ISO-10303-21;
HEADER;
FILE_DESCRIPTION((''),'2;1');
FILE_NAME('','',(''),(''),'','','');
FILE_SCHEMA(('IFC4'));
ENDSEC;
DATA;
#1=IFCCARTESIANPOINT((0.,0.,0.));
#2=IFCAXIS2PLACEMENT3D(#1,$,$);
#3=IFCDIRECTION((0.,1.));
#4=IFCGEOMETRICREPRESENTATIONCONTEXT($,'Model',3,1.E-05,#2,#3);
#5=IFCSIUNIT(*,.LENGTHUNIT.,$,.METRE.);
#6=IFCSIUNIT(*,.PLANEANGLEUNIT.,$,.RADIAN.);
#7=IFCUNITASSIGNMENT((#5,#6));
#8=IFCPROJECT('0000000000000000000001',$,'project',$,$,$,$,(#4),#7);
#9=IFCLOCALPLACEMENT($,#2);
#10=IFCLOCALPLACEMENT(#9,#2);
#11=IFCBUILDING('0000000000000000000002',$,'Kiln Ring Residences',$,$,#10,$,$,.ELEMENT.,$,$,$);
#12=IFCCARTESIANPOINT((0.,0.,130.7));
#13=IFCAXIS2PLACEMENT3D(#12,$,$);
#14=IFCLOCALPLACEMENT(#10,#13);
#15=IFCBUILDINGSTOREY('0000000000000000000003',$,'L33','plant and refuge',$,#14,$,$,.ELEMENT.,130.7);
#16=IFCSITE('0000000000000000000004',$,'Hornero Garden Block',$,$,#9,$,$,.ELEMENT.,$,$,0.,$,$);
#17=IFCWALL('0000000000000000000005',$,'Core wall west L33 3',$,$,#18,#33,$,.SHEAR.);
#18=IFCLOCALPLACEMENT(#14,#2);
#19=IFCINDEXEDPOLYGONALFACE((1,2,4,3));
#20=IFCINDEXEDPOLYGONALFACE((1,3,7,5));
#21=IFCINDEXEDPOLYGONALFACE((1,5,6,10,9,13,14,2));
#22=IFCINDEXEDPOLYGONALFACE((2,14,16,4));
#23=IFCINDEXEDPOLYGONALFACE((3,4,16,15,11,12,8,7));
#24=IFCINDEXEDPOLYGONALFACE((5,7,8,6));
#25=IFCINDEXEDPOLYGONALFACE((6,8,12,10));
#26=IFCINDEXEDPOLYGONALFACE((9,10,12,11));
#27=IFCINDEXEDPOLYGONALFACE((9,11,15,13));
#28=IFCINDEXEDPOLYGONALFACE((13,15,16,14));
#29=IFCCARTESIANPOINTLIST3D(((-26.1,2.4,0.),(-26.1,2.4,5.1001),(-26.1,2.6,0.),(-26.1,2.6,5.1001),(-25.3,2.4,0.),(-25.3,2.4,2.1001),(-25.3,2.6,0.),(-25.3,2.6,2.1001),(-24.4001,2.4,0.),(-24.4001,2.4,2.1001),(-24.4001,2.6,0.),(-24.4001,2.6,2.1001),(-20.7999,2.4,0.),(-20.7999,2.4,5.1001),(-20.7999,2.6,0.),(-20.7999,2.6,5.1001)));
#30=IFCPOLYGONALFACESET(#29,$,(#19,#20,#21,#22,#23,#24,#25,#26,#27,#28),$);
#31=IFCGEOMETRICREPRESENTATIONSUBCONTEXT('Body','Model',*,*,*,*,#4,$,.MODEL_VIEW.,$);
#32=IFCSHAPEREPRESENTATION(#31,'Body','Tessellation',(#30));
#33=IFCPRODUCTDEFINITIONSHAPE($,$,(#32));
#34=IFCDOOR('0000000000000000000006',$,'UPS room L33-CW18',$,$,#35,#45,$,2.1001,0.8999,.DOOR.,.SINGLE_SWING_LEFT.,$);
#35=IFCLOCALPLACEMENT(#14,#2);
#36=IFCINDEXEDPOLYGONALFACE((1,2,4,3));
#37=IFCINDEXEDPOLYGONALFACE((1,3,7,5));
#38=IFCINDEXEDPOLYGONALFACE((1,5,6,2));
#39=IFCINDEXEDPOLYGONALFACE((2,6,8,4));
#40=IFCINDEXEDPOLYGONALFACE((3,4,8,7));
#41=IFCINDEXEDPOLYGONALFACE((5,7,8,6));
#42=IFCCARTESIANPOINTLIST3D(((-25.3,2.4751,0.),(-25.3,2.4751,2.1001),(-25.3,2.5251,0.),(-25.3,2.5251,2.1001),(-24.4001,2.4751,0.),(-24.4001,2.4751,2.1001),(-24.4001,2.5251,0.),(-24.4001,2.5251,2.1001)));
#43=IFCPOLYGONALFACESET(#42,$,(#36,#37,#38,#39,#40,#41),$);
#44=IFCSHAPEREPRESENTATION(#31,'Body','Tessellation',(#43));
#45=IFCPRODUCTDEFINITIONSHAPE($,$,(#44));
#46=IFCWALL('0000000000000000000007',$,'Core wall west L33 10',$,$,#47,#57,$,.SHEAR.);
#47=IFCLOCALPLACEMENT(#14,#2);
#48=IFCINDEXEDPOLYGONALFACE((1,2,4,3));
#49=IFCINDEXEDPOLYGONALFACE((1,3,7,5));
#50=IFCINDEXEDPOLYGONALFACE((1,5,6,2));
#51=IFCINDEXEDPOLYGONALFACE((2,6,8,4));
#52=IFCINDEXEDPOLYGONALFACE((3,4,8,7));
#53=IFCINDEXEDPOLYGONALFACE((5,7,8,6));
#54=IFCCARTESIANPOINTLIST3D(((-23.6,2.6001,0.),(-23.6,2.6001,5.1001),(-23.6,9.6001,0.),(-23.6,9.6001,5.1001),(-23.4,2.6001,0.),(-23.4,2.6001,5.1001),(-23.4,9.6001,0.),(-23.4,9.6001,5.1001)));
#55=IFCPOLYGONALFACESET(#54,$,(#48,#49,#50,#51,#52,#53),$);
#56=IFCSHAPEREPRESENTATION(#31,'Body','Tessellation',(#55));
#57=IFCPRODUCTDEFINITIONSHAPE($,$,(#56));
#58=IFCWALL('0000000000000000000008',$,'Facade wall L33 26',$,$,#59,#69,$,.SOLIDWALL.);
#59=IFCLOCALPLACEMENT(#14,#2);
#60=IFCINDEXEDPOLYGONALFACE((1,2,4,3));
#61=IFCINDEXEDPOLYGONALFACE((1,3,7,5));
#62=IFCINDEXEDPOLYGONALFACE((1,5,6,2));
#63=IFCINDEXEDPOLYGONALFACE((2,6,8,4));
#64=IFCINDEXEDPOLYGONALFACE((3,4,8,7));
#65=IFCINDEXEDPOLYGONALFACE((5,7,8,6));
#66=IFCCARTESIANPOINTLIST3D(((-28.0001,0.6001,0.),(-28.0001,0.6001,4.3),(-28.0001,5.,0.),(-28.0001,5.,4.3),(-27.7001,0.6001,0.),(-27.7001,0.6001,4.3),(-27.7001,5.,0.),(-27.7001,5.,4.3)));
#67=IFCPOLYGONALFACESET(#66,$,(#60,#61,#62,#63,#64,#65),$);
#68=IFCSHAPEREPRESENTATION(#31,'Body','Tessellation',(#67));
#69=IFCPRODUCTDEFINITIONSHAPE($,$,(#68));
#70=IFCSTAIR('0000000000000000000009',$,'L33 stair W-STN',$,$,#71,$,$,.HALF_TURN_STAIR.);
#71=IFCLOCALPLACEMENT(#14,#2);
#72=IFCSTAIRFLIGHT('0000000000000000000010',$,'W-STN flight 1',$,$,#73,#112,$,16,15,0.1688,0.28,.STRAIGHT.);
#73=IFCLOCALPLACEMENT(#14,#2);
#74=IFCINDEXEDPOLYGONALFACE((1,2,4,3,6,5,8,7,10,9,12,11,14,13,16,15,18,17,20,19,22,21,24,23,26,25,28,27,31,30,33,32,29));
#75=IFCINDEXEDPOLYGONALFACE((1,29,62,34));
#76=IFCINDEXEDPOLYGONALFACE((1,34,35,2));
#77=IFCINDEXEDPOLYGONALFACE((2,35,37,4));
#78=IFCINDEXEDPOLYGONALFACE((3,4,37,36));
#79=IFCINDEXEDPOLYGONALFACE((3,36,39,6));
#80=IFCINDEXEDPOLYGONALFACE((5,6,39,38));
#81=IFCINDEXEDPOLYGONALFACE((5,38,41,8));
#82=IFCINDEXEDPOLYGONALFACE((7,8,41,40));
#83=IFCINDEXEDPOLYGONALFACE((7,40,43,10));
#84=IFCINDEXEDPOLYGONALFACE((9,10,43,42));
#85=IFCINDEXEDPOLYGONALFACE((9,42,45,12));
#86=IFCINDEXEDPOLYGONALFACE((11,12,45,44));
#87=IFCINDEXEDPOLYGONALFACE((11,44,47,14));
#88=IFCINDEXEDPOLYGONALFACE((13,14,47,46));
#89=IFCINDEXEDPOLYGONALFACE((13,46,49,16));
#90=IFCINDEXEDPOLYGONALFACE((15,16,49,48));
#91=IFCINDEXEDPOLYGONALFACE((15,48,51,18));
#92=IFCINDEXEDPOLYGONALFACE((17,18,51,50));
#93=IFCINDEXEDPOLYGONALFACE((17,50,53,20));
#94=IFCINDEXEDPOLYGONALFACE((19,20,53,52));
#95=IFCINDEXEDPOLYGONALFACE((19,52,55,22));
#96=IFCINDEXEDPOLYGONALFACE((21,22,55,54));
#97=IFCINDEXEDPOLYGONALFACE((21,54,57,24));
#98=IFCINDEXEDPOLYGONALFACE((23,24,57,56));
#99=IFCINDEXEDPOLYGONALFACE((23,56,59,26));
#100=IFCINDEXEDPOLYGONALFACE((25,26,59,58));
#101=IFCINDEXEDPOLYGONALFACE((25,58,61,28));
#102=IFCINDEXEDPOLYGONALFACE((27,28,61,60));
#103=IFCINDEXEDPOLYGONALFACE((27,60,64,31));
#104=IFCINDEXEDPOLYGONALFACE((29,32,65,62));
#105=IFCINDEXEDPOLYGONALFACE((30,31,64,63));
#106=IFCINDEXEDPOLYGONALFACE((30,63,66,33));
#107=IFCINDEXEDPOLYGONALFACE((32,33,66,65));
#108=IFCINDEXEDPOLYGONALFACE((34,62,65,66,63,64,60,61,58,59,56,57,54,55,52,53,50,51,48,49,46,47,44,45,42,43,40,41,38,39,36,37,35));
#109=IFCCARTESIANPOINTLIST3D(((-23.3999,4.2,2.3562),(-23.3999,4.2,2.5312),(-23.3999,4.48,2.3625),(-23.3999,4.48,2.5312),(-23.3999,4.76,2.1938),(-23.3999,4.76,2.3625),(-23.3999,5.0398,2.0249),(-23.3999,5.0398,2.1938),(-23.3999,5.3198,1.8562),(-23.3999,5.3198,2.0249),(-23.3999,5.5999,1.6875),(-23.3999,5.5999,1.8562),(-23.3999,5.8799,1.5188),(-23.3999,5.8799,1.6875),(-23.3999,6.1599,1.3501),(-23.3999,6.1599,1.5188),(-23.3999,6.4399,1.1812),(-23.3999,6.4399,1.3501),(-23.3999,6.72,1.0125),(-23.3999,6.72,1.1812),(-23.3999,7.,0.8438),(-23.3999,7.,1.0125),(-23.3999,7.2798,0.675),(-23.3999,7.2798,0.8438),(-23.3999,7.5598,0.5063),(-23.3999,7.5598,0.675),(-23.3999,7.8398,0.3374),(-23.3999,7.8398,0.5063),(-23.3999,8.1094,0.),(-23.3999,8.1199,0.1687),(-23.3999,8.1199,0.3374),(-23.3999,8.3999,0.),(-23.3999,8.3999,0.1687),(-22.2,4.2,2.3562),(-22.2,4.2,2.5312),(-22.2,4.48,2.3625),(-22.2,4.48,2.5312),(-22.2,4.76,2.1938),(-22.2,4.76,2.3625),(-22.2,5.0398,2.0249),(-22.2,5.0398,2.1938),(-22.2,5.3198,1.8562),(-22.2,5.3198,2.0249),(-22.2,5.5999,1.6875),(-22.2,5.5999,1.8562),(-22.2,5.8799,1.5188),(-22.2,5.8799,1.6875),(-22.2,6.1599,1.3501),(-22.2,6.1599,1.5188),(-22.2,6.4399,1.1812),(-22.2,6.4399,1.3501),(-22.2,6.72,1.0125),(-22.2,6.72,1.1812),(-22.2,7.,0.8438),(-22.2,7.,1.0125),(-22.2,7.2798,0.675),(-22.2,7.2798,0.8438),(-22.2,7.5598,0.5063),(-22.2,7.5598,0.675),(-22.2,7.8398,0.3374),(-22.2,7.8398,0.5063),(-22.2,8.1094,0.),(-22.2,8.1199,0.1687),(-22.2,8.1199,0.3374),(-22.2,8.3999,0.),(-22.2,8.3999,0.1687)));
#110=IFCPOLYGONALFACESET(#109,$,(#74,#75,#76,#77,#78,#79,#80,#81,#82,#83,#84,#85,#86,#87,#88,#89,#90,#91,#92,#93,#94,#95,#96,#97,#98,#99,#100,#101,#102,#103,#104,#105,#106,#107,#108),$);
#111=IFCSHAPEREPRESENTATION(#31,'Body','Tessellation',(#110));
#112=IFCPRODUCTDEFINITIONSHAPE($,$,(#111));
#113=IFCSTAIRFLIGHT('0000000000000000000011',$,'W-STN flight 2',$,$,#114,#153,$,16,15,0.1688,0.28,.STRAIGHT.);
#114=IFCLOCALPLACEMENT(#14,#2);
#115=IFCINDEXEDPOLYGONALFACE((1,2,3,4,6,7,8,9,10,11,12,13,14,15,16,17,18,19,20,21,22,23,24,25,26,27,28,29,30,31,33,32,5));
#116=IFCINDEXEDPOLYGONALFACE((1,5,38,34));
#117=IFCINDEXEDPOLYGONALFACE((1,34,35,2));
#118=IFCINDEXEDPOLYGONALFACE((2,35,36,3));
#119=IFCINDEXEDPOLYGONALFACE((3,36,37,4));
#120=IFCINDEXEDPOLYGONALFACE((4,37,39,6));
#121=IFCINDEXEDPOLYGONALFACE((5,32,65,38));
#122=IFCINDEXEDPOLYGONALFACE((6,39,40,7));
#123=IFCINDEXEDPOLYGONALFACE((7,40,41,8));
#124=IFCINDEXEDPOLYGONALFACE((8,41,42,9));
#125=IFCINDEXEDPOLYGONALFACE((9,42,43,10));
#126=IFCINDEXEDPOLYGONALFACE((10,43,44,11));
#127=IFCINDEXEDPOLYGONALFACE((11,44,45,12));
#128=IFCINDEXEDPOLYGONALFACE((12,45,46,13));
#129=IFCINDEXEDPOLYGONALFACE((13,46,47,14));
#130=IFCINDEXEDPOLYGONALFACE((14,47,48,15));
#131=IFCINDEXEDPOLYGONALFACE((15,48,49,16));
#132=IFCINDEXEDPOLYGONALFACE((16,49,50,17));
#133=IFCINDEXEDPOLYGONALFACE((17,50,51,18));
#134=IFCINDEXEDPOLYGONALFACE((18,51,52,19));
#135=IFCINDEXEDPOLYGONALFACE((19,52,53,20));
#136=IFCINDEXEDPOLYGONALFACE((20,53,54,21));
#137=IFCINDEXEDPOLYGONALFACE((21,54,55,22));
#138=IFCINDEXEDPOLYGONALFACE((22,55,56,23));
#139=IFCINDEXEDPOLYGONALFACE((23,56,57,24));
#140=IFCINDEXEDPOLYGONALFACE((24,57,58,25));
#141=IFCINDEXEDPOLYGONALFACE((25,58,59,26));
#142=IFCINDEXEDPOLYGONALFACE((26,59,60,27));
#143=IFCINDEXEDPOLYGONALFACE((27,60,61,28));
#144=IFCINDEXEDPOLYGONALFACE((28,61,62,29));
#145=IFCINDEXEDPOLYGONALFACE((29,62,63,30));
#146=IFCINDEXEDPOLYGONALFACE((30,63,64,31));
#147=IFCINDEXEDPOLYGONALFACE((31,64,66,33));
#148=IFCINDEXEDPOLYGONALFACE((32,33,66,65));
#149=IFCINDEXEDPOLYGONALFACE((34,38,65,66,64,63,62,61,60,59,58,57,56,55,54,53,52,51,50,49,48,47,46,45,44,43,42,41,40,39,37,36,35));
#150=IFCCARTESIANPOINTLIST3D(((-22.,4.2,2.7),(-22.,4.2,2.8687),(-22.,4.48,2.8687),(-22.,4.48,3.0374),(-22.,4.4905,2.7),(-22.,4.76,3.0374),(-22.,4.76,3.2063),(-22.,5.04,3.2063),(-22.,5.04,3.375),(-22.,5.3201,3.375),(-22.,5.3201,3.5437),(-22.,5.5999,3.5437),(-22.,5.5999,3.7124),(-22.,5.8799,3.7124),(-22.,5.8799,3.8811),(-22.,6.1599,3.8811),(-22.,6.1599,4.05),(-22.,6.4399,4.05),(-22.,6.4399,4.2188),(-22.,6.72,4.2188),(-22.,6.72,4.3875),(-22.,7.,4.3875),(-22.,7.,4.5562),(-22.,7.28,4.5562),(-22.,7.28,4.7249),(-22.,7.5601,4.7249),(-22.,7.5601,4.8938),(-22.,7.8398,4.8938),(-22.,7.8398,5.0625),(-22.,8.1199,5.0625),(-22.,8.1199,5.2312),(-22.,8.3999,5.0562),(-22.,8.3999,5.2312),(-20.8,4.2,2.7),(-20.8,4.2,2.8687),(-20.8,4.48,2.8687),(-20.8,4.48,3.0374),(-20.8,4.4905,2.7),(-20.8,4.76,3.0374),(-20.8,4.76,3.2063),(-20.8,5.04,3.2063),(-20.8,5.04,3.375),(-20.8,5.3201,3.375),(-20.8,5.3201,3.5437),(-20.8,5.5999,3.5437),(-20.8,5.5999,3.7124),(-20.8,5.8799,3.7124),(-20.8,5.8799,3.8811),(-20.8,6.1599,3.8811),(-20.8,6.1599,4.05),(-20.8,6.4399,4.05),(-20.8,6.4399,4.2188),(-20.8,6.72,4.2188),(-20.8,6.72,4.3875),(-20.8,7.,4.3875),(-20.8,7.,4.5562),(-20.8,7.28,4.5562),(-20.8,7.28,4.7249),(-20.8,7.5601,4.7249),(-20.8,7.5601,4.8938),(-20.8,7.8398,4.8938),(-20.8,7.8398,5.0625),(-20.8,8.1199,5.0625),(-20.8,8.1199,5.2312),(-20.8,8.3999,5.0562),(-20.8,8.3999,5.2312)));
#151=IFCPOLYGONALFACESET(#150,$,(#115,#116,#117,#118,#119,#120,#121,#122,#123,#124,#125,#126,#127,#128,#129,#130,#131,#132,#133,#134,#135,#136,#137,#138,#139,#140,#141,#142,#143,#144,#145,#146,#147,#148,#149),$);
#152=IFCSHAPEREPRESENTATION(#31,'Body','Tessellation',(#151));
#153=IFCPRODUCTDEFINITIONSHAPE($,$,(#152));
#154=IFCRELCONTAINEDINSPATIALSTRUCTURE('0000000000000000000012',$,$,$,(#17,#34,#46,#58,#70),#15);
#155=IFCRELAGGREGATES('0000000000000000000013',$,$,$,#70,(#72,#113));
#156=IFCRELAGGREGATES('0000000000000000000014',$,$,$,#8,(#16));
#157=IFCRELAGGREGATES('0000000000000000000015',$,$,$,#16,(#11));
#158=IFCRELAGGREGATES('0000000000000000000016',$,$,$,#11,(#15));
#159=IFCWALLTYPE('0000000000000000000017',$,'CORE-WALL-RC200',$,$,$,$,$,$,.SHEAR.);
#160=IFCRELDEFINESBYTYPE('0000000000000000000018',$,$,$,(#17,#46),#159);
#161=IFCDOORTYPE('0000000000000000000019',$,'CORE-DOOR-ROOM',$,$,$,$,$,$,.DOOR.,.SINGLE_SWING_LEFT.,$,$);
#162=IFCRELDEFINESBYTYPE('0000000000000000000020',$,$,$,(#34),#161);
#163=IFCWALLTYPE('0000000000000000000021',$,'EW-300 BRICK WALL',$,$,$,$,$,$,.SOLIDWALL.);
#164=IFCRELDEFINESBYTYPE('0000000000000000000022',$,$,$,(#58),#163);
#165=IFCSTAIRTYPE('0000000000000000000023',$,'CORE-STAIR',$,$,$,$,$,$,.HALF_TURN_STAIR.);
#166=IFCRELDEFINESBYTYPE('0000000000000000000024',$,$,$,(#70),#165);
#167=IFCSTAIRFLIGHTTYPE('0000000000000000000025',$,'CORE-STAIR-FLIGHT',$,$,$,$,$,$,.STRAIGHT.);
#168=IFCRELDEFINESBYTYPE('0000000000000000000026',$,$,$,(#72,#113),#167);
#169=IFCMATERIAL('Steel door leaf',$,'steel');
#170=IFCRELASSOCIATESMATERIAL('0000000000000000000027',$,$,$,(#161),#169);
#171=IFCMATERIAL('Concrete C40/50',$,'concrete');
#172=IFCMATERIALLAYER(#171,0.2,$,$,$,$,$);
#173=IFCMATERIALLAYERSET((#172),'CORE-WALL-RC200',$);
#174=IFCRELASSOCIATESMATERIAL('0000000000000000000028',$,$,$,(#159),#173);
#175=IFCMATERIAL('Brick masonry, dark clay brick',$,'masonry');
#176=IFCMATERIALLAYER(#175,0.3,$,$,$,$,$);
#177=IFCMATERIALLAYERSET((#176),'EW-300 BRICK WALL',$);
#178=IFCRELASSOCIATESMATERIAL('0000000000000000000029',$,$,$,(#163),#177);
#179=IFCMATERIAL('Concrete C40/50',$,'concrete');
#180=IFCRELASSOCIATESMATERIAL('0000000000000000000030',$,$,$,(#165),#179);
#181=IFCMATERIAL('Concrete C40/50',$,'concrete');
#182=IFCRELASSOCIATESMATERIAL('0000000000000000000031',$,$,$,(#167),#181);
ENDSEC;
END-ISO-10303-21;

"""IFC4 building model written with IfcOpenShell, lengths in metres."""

from ifc_helpers import new_model, si_unit, direction, frame, frame_2d, origin, place, context, subcontext, project, spatial, polyline, rectangle, outline, extrude, material, layer, layer_set, type_object, element, fill, aggregate, save


model = new_model("IFC4")

# Units and contexts
model_context = context("Model", 3, precision=1e-05, world=origin(), true_north=direction((0.0, 1.0)))
body_context = subcontext(model_context, "Body", "Model", "MODEL_VIEW")
ifc_project = project(units=[si_unit("LENGTHUNIT", "METRE"), si_unit("PLANEANGLEUNIT", "RADIAN")], contexts=[model_context])

# Site, building, storey
site_placement = place(None, origin())
site = spatial("IfcSite", under=ifc_project, at=site_placement, Name="Hornero Garden Block", CompositionType="ELEMENT", RefElevation=0.0)
building_placement = place(site_placement, origin())
building = spatial("IfcBuilding", under=site, at=building_placement, Name="Kiln Ring Residences", CompositionType="ELEMENT")
storey_placement = place(building_placement, frame((0.0, 0.0, 130.7)))
storey = spatial("IfcBuildingStorey", under=building, at=storey_placement, Name="L33", Description="plant and refuge", CompositionType="ELEMENT", Elevation=130.7)

# Shared definitions
ifc_material_1 = material(Name="Steel door leaf", Category="steel")
door_type = type_object("IfcDoorType", Name="CORE-DOOR-ROOM", OperationType="SINGLE_SWING_LEFT", PredefinedType="DOOR", material=ifc_material_1)

# Wall, opening, door
ifc_material_2 = material(Name="Concrete C40/50", Category="concrete")
ifc_layer_1 = layer(ifc_material_2, 0.2)
ifc_layer_set_1 = layer_set([ifc_layer_1], Name="CORE-WALL-RC200")
wall_type_1 = type_object("IfcWallType", Name="CORE-WALL-RC200", PredefinedType="SHEAR", material=ifc_layer_set_1)
wall_1_placement = place(storey_placement, frame((-20.8, 2.5, 0.0), z_axis=(0.0, 0.0, 1.0), x_axis=(-1.0, 0.0, 0.0)))
wall_1 = element("IfcWall", 1, at=wall_1_placement, inside=storey, type_object=wall_type_1, Name="Core wall west L33 3", PredefinedType="SHEAR", context=body_context, shape_type="SweptSolid", body=[
    extrude(rectangle(XDim=5.3, YDim=0.2, at=frame_2d((2.6499, 0.0))), origin(), (0.0, 0.0, 1.0), 5.1001),
])
opening_1_placement = place(wall_1_placement, frame((3.6001, 0.0, 0.0)))
opening_1 = element("IfcOpeningElement", 2, at=opening_1_placement, cuts=wall_1, PredefinedType="OPENING", context=body_context, shape_type="SweptSolid", body=[
    extrude(rectangle(XDim=0.8999, YDim=2.1001, at=frame_2d((0.45, 1.05))), frame((0.0, 0.1099, 0.0), z_axis=(0.0, -1.0, 0.0), x_axis=(1.0, 0.0, 0.0)), (0.0, 0.0, 1.0), 0.22),
])
door_1_placement = place(opening_1_placement, origin())
door_1 = element("IfcDoor", 3, at=door_1_placement, inside=storey, type_object=door_type, Name="UPS room L33-CW18", OperationType="SINGLE_SWING_LEFT", OverallHeight=2.1001, OverallWidth=0.8999, PredefinedType="DOOR", context=body_context, shape_type="SweptSolid", body=[
    extrude(rectangle(XDim=0.8999, YDim=2.1001, at=frame_2d((0.45, 1.05))), frame((0.0, 0.0249, 0.0), z_axis=(0.0, -1.0, 0.0), x_axis=(1.0, 0.0, 0.0)), (0.0, 0.0, 1.0), 0.05),
])
fill(opening_1, door_1)

# Walls
wall_2_placement = place(storey_placement, frame((-23.5, 2.6001, 0.0), z_axis=(0.0, 0.0, 1.0), x_axis=(0.0, 1.0, 0.0)))
element("IfcWall", 4, at=wall_2_placement, inside=storey, type_object=wall_type_1, Name="Core wall west L33 10", PredefinedType="SHEAR", context=body_context, shape_type="SweptSolid", body=[
    extrude(rectangle(XDim=7.0, YDim=0.2, at=frame_2d((3.5, 0.0))), origin(), (0.0, 0.0, 1.0), 5.1001),
])
ifc_material_3 = material(Name="Brick masonry, dark clay brick", Category="masonry")
ifc_layer_2 = layer(ifc_material_3, 0.3)
ifc_layer_set_2 = layer_set([ifc_layer_2], Name="EW-300 BRICK WALL")
wall_type_2 = type_object("IfcWallType", Name="EW-300 BRICK WALL", PredefinedType="SOLIDWALL", material=ifc_layer_set_2)
wall_3_placement = place(storey_placement, frame((-27.8501, 5.0, 0.0), z_axis=(0.0, 0.0, 1.0), x_axis=(0.0, -1.0, 0.0)))
element("IfcWall", 5, at=wall_3_placement, inside=storey, type_object=wall_type_2, Name="Facade wall L33 26", PredefinedType="SOLIDWALL", context=body_context, shape_type="SweptSolid", body=[
    extrude(rectangle(XDim=4.3999, YDim=0.3, at=frame_2d((2.2, 0.0))), origin(), (0.0, 0.0, 1.0), 4.3),
])

# Stair, stair flights
ifc_material_4 = material(Name="Concrete C40/50", Category="concrete")
stair_type = type_object("IfcStairType", Name="CORE-STAIR", PredefinedType="HALF_TURN_STAIR", material=ifc_material_4)
stair_placement = place(storey_placement, origin())
stair = element("IfcStair", 6, at=stair_placement, inside=storey, type_object=stair_type, Name="L33 stair W-STN", PredefinedType="HALF_TURN_STAIR")
ifc_material_5 = material(Name="Concrete C40/50", Category="concrete")
stair_flight_type = type_object("IfcStairFlightType", Name="CORE-STAIR-FLIGHT", PredefinedType="STRAIGHT", material=ifc_material_5)
stair_flight_1_placement = place(storey_placement, frame((-22.8, 8.3999, 0.0), z_axis=(0.0, 0.0, 1.0), x_axis=(0.0, -1.0, 0.0)))
stair_flight_1 = element("IfcStairFlight", 7, at=stair_flight_1_placement, type_object=stair_flight_type, Name="W-STN flight 1", NumberOfRisers=16, NumberOfTreads=15, PredefinedType="STRAIGHT", RiserHeight=0.1688, TreadLength=0.28, context=body_context, shape_type="SweptSolid", body=[
    extrude(outline(polyline([(0.0, 0.0), (0.0, 0.1687), (0.28, 0.1687), (0.28, 0.3374), (0.5601, 0.3374), (0.5601, 0.5063), (0.8401, 0.5063), (0.8401, 0.675), (1.1201, 0.675), (1.1201, 0.8438), (1.3999, 0.8438), (1.3999, 1.0125), (1.6799, 1.0125), (1.6799, 1.1812), (1.96, 1.1812), (1.96, 1.3501), (2.24, 1.3501), (2.24, 1.5188), (2.52, 1.5188), (2.52, 1.6875), (2.8, 1.6875), (2.8, 1.8562), (3.0801, 1.8562), (3.0801, 2.0249), (3.3601, 2.0249), (3.3601, 2.1938), (3.6399, 2.1938), (3.6399, 2.3625), (3.9199, 2.3625), (3.9199, 2.5312), (4.2, 2.5312), (4.2, 2.7), (4.2, 2.3562), (0.2905, 0.0), (0.0, 0.0)])), frame((0.0, 0.6001, 0.0), z_axis=(0.0, -1.0, 0.0), x_axis=(1.0, 0.0, 0.0)), (0.0, 0.0, 1.0), 1.2),
])
stair_flight_2_placement = place(storey_placement, frame((-21.3999, 4.2, 2.7), z_axis=(0.0, 0.0, 1.0), x_axis=(0.0, 1.0, 0.0)))
stair_flight_2 = element("IfcStairFlight", 8, at=stair_flight_2_placement, type_object=stair_flight_type, Name="W-STN flight 2", NumberOfRisers=16, NumberOfTreads=15, PredefinedType="STRAIGHT", RiserHeight=0.1688, TreadLength=0.28, context=body_context, shape_type="SweptSolid", body=[
    extrude(outline(polyline([(0.0, 0.0), (0.0, 0.1687), (0.28, 0.1687), (0.28, 0.3374), (0.5601, 0.3374), (0.5601, 0.5063), (0.8401, 0.5063), (0.8401, 0.675), (1.1201, 0.675), (1.1201, 0.8438), (1.3999, 0.8438), (1.3999, 1.0125), (1.6799, 1.0125), (1.6799, 1.1812), (1.96, 1.1812), (1.96, 1.3501), (2.24, 1.3501), (2.24, 1.5188), (2.52, 1.5188), (2.52, 1.6875), (2.8, 1.6875), (2.8, 1.8562), (3.0801, 1.8562), (3.0801, 2.0249), (3.3601, 2.0249), (3.3601, 2.1938), (3.6399, 2.1938), (3.6399, 2.3625), (3.9199, 2.3625), (3.9199, 2.5312), (4.2, 2.5312), (4.2, 2.7), (4.2, 2.3562), (0.2905, 0.0), (0.0, 0.0)])), frame((0.0, 0.6001, 0.0), z_axis=(0.0, -1.0, 0.0), x_axis=(1.0, 0.0, 0.0)), (0.0, 0.0, 1.0), 1.2),
])
aggregate(stair, [stair_flight_1, stair_flight_2])

save(model, "model.ifc")
